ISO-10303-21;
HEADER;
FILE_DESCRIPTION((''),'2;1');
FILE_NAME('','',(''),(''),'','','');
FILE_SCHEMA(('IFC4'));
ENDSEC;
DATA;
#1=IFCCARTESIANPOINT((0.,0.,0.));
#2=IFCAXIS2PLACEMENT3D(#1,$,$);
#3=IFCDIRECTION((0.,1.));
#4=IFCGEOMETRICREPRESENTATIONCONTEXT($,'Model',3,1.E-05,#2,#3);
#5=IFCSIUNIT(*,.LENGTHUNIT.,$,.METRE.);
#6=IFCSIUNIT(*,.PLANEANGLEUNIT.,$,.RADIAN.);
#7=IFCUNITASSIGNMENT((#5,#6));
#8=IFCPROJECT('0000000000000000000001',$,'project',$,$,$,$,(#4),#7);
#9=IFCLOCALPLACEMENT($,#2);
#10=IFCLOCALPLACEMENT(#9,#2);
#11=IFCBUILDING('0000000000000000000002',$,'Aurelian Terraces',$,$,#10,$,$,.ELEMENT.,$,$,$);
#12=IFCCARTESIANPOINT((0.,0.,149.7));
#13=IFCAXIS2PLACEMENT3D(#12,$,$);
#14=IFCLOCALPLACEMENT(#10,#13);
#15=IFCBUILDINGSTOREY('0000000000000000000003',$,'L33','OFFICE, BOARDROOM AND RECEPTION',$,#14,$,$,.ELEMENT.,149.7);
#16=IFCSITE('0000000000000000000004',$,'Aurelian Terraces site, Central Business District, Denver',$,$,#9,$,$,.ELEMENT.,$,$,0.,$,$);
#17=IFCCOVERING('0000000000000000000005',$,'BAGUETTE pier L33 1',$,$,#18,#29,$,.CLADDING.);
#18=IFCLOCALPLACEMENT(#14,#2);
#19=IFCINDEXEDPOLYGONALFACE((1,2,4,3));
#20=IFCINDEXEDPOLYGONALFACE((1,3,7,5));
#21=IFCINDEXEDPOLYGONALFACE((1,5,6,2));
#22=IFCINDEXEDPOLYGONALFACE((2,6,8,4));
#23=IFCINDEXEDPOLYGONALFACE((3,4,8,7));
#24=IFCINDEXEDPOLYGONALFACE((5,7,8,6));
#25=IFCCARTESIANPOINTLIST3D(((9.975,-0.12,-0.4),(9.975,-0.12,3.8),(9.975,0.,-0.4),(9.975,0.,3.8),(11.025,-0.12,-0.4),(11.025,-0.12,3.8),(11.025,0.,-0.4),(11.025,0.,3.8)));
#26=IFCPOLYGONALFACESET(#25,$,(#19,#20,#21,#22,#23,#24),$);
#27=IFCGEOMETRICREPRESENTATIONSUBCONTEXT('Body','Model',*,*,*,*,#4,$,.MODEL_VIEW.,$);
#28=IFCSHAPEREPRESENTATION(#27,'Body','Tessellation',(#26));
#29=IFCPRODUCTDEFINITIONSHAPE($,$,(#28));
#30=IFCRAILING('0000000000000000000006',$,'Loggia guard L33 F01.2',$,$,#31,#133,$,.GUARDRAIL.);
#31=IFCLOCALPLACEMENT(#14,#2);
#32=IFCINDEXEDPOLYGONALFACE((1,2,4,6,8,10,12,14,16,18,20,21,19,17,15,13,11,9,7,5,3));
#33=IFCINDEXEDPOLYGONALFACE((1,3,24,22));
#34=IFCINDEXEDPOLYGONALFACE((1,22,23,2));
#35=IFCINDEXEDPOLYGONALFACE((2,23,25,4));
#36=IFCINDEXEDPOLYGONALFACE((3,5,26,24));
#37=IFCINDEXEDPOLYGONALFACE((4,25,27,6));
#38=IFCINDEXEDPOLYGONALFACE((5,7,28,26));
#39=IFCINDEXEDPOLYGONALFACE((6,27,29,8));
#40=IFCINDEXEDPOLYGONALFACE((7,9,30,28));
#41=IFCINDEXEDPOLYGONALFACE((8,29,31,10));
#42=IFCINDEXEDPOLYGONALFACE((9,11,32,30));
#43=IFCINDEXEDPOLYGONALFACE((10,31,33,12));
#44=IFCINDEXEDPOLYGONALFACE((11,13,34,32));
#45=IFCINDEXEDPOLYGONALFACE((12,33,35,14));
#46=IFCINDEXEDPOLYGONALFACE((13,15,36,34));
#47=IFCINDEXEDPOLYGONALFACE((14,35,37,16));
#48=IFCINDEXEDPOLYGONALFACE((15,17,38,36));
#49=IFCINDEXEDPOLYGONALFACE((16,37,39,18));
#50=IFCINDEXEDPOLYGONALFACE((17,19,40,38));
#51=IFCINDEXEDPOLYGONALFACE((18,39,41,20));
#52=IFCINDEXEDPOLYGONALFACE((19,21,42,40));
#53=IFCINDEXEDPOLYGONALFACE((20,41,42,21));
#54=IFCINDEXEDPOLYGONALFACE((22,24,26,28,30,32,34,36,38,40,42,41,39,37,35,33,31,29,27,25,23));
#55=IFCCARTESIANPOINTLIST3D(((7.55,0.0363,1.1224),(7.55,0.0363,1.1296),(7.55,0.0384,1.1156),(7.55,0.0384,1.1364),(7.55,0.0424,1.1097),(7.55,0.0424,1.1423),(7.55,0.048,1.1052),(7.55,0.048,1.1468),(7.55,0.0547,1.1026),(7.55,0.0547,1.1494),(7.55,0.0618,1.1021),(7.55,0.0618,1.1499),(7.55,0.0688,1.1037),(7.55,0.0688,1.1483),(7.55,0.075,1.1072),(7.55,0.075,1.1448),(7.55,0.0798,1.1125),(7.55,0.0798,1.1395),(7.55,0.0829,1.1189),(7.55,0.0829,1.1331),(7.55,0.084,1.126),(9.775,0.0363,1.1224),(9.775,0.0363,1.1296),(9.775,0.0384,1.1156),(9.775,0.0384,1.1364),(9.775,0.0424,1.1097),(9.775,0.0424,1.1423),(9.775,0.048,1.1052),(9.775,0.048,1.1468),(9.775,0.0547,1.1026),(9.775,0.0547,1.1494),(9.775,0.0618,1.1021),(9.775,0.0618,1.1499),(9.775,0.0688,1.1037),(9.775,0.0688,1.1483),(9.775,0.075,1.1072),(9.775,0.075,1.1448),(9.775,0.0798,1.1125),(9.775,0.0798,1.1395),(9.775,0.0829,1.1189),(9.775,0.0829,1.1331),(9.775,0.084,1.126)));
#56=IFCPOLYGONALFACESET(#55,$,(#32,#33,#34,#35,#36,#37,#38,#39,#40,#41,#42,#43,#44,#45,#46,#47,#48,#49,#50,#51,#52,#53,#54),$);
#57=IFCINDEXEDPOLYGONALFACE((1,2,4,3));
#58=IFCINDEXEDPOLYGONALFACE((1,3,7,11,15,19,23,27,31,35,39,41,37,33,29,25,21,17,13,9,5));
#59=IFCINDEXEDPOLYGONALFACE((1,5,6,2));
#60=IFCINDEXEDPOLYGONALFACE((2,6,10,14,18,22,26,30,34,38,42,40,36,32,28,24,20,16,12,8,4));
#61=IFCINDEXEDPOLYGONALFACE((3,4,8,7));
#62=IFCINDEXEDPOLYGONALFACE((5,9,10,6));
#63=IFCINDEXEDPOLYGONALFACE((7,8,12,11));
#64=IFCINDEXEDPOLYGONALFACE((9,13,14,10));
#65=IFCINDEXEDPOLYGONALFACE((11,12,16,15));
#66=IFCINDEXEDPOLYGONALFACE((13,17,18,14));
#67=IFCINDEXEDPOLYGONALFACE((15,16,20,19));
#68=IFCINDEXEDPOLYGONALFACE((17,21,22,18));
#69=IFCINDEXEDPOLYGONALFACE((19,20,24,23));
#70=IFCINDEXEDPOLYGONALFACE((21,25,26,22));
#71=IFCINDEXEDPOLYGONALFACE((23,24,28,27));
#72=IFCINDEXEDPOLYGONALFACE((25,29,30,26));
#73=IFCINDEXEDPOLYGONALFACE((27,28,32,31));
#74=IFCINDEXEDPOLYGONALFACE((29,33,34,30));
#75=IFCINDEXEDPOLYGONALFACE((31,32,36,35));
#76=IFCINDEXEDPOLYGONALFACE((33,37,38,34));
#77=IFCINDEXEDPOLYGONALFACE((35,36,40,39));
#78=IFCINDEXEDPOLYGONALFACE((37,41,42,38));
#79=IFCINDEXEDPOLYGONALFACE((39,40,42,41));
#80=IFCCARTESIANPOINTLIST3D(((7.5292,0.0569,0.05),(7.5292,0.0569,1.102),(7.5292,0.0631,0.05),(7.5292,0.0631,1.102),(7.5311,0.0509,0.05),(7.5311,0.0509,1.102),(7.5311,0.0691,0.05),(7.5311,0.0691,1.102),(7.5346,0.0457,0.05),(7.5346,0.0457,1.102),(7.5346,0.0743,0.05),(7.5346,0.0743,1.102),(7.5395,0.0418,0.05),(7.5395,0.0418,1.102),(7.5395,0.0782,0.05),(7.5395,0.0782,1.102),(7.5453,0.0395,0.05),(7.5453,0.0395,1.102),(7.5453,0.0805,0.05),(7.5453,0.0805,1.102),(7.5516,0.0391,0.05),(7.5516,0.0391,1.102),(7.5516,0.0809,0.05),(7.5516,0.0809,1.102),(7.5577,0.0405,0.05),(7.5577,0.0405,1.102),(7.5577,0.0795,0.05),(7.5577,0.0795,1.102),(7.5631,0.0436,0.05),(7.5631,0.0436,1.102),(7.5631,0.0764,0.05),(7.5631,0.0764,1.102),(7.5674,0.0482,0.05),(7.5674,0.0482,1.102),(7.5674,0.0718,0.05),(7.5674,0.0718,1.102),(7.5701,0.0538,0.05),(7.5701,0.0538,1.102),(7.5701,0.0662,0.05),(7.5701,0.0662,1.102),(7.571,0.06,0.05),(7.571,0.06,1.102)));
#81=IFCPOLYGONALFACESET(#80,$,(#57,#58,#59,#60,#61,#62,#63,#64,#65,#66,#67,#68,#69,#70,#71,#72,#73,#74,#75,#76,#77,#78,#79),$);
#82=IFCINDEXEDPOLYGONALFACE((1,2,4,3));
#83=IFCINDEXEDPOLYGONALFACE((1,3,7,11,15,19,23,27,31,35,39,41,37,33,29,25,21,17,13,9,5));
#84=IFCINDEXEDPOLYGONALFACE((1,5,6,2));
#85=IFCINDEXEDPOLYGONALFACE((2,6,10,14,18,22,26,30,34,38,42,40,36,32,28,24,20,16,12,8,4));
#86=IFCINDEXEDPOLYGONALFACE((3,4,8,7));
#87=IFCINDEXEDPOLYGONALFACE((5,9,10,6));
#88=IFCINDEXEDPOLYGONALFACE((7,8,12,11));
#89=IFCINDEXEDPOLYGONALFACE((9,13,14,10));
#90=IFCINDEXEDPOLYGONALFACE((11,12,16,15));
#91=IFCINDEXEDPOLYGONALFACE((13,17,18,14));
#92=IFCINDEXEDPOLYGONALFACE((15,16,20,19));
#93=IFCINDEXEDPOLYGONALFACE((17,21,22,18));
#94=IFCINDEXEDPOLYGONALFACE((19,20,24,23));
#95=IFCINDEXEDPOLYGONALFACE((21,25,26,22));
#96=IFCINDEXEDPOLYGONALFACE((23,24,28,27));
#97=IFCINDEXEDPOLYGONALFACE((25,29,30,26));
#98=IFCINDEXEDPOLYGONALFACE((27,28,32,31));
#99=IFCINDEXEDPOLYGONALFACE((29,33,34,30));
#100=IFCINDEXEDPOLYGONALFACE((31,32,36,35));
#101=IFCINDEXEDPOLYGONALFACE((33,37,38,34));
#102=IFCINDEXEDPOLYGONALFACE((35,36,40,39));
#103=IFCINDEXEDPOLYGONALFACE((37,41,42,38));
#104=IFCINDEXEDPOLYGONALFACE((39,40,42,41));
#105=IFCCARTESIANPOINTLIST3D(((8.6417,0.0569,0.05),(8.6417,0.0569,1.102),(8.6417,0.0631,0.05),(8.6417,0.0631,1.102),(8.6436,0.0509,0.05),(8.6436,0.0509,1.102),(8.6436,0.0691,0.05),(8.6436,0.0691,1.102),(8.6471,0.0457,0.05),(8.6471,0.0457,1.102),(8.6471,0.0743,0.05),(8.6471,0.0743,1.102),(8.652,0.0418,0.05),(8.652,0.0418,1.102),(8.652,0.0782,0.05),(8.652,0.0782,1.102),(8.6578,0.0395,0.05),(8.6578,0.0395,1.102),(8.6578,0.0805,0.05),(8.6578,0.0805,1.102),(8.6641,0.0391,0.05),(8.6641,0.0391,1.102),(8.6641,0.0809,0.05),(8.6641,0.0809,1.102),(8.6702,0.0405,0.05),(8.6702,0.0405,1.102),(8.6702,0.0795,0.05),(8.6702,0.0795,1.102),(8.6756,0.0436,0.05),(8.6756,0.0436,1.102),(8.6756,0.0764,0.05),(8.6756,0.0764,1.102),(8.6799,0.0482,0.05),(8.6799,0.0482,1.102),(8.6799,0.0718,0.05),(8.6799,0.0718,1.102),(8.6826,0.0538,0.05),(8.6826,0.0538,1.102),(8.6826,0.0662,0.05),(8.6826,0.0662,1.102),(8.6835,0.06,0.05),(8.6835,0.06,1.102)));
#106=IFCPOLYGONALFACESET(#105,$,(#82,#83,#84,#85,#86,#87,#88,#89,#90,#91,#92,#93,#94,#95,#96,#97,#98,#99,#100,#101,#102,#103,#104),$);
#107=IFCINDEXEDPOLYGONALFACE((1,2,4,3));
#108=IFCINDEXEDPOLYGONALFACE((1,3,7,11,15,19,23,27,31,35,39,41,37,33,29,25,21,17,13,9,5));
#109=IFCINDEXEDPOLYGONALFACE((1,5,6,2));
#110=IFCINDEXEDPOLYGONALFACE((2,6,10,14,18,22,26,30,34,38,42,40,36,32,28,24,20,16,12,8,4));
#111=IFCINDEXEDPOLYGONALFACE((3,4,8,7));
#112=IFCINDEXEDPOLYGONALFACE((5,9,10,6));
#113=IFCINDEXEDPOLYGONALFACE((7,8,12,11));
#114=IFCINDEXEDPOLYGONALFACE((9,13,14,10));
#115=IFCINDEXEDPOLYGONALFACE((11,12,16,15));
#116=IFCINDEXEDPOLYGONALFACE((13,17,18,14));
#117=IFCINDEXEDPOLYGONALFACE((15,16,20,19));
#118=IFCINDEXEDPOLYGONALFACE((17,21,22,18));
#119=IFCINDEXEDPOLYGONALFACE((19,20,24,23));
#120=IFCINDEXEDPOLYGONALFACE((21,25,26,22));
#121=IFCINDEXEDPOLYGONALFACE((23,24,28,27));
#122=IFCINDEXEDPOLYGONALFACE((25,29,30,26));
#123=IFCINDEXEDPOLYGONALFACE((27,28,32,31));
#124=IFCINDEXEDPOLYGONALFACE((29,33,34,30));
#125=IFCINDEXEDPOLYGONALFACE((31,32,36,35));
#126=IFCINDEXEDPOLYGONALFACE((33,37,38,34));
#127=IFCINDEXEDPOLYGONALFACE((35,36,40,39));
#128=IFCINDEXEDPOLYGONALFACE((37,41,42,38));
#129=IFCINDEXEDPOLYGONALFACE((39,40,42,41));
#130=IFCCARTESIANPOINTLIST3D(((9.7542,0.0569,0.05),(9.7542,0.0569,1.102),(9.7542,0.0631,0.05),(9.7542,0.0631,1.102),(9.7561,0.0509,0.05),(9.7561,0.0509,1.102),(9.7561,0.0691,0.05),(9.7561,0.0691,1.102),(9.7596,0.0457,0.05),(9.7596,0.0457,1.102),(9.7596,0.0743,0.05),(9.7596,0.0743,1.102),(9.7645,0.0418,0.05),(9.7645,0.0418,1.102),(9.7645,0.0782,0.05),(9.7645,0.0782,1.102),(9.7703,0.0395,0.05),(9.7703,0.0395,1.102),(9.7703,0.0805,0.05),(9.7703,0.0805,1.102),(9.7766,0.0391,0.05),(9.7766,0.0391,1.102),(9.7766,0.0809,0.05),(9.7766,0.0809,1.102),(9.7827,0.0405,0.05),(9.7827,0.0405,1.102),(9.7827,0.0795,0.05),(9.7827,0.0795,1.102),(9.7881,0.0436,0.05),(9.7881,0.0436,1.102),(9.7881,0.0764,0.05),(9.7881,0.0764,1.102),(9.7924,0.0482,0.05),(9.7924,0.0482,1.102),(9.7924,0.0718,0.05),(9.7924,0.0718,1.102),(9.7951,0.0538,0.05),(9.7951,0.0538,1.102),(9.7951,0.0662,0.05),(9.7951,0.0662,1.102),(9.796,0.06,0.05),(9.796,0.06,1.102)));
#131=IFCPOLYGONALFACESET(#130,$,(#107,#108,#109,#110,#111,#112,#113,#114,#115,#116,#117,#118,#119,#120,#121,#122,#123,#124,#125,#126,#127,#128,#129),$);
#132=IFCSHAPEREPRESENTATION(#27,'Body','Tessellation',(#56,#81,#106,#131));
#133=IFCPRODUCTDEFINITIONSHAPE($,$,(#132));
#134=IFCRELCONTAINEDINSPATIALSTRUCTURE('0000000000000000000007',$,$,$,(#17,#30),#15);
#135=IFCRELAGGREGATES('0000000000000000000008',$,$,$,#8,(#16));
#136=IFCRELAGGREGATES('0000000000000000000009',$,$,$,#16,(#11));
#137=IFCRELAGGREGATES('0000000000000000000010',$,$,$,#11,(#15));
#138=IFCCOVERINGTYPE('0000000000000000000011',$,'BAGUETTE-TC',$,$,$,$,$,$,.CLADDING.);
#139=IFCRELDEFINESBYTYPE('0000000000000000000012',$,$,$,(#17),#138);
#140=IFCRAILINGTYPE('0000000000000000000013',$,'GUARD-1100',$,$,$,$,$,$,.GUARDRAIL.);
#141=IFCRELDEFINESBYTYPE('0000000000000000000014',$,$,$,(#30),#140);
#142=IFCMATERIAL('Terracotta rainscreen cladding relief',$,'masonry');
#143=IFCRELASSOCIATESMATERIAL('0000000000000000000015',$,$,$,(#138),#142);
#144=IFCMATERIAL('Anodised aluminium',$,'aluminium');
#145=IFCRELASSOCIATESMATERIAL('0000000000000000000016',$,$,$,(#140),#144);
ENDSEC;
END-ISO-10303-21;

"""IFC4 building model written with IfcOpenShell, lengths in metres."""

from ifc_helpers import new_model, si_unit, direction, frame, origin, origin_2d, place, context, subcontext, project, spatial, rectangle, circle, extrude, source, transform, mapped, material, type_object, element, save


model = new_model("IFC4")

# Units and contexts
model_context = context("Model", 3, precision=1e-05, world=origin(), true_north=direction((0.0, 1.0)))
body_context = subcontext(model_context, "Body", "Model", "MODEL_VIEW")
ifc_project = project(units=[si_unit("LENGTHUNIT", "METRE"), si_unit("PLANEANGLEUNIT", "RADIAN")], contexts=[model_context])

# Site, building, storey
site_placement = place(None, origin())
site = spatial("IfcSite", under=ifc_project, at=site_placement, Name="Aurelian Terraces site, Central Business District, Denver", CompositionType="ELEMENT", RefElevation=0.0)
building_placement = place(site_placement, origin())
building = spatial("IfcBuilding", under=site, at=building_placement, Name="Aurelian Terraces", CompositionType="ELEMENT")
storey_placement = place(building_placement, frame((0.0, 0.0, 149.7)))
storey = spatial("IfcBuildingStorey", under=building, at=storey_placement, Name="L33", Description="OFFICE, BOARDROOM AND RECEPTION", CompositionType="ELEMENT", Elevation=149.7)

# Covering
ifc_material_1 = material(Name="Terracotta rainscreen cladding relief", Category="masonry")
covering_type = type_object("IfcCoveringType", Name="BAGUETTE-TC", PredefinedType="CLADDING", material=ifc_material_1)
shared_shape_1 = source(origin(), body_context, "Body", "SweptSolid", [
    extrude(rectangle(XDim=1.05, YDim=0.12, at=origin_2d()), origin(), (0.0, 0.0, 1.0), 4.2),
])
covering_placement = place(storey_placement, frame((10.5, -0.06, -0.4), z_axis=(0.0, 0.0, 1.0), x_axis=(1.0, 0.0, 0.0)))
element("IfcCovering", 1, at=covering_placement, inside=storey, type_object=covering_type, Name="BAGUETTE pier L33 1", PredefinedType="CLADDING", context=body_context, shape_type="MappedRepresentation", body=[
    mapped(shared_shape_1, transform((0.0, 0.0, 0.0), scale=1.0)),
])

# Railing
ifc_material_2 = material(Name="Anodised aluminium", Category="aluminium")
railing_type = type_object("IfcRailingType", Name="GUARD-1100", PredefinedType="GUARDRAIL", material=ifc_material_2)
shared_shape_2 = source(origin(), body_context, "Body", "SweptSolid", [
    extrude(circle(Radius=0.024, at=origin_2d()), frame((0.0, 0.0, 1.076), z_axis=(1.0, 0.0, 0.0), x_axis=(0.0, 1.0, 0.0)), (0.0, 0.0, 1.0), 2.225),
    extrude(circle(Radius=0.021, at=origin_2d()), origin(), (0.0, 0.0, 1.0), 1.052),
    extrude(circle(Radius=0.021, at=origin_2d()), frame((1.1125, 0.0, 0.0)), (0.0, 0.0, 1.0), 1.052),
    extrude(circle(Radius=0.021, at=origin_2d()), frame((2.225, 0.0, 0.0)), (0.0, 0.0, 1.0), 1.052),
])
railing_placement = place(storey_placement, frame((7.55, 0.06, 0.05)))
element("IfcRailing", 2, at=railing_placement, inside=storey, type_object=railing_type, Name="Loggia guard L33 F01.2", PredefinedType="GUARDRAIL", context=body_context, shape_type="MappedRepresentation", body=[
    mapped(shared_shape_2, transform((0.0, 0.0, 0.0), scale=1.0)),
])

save(model, "model.ifc")
